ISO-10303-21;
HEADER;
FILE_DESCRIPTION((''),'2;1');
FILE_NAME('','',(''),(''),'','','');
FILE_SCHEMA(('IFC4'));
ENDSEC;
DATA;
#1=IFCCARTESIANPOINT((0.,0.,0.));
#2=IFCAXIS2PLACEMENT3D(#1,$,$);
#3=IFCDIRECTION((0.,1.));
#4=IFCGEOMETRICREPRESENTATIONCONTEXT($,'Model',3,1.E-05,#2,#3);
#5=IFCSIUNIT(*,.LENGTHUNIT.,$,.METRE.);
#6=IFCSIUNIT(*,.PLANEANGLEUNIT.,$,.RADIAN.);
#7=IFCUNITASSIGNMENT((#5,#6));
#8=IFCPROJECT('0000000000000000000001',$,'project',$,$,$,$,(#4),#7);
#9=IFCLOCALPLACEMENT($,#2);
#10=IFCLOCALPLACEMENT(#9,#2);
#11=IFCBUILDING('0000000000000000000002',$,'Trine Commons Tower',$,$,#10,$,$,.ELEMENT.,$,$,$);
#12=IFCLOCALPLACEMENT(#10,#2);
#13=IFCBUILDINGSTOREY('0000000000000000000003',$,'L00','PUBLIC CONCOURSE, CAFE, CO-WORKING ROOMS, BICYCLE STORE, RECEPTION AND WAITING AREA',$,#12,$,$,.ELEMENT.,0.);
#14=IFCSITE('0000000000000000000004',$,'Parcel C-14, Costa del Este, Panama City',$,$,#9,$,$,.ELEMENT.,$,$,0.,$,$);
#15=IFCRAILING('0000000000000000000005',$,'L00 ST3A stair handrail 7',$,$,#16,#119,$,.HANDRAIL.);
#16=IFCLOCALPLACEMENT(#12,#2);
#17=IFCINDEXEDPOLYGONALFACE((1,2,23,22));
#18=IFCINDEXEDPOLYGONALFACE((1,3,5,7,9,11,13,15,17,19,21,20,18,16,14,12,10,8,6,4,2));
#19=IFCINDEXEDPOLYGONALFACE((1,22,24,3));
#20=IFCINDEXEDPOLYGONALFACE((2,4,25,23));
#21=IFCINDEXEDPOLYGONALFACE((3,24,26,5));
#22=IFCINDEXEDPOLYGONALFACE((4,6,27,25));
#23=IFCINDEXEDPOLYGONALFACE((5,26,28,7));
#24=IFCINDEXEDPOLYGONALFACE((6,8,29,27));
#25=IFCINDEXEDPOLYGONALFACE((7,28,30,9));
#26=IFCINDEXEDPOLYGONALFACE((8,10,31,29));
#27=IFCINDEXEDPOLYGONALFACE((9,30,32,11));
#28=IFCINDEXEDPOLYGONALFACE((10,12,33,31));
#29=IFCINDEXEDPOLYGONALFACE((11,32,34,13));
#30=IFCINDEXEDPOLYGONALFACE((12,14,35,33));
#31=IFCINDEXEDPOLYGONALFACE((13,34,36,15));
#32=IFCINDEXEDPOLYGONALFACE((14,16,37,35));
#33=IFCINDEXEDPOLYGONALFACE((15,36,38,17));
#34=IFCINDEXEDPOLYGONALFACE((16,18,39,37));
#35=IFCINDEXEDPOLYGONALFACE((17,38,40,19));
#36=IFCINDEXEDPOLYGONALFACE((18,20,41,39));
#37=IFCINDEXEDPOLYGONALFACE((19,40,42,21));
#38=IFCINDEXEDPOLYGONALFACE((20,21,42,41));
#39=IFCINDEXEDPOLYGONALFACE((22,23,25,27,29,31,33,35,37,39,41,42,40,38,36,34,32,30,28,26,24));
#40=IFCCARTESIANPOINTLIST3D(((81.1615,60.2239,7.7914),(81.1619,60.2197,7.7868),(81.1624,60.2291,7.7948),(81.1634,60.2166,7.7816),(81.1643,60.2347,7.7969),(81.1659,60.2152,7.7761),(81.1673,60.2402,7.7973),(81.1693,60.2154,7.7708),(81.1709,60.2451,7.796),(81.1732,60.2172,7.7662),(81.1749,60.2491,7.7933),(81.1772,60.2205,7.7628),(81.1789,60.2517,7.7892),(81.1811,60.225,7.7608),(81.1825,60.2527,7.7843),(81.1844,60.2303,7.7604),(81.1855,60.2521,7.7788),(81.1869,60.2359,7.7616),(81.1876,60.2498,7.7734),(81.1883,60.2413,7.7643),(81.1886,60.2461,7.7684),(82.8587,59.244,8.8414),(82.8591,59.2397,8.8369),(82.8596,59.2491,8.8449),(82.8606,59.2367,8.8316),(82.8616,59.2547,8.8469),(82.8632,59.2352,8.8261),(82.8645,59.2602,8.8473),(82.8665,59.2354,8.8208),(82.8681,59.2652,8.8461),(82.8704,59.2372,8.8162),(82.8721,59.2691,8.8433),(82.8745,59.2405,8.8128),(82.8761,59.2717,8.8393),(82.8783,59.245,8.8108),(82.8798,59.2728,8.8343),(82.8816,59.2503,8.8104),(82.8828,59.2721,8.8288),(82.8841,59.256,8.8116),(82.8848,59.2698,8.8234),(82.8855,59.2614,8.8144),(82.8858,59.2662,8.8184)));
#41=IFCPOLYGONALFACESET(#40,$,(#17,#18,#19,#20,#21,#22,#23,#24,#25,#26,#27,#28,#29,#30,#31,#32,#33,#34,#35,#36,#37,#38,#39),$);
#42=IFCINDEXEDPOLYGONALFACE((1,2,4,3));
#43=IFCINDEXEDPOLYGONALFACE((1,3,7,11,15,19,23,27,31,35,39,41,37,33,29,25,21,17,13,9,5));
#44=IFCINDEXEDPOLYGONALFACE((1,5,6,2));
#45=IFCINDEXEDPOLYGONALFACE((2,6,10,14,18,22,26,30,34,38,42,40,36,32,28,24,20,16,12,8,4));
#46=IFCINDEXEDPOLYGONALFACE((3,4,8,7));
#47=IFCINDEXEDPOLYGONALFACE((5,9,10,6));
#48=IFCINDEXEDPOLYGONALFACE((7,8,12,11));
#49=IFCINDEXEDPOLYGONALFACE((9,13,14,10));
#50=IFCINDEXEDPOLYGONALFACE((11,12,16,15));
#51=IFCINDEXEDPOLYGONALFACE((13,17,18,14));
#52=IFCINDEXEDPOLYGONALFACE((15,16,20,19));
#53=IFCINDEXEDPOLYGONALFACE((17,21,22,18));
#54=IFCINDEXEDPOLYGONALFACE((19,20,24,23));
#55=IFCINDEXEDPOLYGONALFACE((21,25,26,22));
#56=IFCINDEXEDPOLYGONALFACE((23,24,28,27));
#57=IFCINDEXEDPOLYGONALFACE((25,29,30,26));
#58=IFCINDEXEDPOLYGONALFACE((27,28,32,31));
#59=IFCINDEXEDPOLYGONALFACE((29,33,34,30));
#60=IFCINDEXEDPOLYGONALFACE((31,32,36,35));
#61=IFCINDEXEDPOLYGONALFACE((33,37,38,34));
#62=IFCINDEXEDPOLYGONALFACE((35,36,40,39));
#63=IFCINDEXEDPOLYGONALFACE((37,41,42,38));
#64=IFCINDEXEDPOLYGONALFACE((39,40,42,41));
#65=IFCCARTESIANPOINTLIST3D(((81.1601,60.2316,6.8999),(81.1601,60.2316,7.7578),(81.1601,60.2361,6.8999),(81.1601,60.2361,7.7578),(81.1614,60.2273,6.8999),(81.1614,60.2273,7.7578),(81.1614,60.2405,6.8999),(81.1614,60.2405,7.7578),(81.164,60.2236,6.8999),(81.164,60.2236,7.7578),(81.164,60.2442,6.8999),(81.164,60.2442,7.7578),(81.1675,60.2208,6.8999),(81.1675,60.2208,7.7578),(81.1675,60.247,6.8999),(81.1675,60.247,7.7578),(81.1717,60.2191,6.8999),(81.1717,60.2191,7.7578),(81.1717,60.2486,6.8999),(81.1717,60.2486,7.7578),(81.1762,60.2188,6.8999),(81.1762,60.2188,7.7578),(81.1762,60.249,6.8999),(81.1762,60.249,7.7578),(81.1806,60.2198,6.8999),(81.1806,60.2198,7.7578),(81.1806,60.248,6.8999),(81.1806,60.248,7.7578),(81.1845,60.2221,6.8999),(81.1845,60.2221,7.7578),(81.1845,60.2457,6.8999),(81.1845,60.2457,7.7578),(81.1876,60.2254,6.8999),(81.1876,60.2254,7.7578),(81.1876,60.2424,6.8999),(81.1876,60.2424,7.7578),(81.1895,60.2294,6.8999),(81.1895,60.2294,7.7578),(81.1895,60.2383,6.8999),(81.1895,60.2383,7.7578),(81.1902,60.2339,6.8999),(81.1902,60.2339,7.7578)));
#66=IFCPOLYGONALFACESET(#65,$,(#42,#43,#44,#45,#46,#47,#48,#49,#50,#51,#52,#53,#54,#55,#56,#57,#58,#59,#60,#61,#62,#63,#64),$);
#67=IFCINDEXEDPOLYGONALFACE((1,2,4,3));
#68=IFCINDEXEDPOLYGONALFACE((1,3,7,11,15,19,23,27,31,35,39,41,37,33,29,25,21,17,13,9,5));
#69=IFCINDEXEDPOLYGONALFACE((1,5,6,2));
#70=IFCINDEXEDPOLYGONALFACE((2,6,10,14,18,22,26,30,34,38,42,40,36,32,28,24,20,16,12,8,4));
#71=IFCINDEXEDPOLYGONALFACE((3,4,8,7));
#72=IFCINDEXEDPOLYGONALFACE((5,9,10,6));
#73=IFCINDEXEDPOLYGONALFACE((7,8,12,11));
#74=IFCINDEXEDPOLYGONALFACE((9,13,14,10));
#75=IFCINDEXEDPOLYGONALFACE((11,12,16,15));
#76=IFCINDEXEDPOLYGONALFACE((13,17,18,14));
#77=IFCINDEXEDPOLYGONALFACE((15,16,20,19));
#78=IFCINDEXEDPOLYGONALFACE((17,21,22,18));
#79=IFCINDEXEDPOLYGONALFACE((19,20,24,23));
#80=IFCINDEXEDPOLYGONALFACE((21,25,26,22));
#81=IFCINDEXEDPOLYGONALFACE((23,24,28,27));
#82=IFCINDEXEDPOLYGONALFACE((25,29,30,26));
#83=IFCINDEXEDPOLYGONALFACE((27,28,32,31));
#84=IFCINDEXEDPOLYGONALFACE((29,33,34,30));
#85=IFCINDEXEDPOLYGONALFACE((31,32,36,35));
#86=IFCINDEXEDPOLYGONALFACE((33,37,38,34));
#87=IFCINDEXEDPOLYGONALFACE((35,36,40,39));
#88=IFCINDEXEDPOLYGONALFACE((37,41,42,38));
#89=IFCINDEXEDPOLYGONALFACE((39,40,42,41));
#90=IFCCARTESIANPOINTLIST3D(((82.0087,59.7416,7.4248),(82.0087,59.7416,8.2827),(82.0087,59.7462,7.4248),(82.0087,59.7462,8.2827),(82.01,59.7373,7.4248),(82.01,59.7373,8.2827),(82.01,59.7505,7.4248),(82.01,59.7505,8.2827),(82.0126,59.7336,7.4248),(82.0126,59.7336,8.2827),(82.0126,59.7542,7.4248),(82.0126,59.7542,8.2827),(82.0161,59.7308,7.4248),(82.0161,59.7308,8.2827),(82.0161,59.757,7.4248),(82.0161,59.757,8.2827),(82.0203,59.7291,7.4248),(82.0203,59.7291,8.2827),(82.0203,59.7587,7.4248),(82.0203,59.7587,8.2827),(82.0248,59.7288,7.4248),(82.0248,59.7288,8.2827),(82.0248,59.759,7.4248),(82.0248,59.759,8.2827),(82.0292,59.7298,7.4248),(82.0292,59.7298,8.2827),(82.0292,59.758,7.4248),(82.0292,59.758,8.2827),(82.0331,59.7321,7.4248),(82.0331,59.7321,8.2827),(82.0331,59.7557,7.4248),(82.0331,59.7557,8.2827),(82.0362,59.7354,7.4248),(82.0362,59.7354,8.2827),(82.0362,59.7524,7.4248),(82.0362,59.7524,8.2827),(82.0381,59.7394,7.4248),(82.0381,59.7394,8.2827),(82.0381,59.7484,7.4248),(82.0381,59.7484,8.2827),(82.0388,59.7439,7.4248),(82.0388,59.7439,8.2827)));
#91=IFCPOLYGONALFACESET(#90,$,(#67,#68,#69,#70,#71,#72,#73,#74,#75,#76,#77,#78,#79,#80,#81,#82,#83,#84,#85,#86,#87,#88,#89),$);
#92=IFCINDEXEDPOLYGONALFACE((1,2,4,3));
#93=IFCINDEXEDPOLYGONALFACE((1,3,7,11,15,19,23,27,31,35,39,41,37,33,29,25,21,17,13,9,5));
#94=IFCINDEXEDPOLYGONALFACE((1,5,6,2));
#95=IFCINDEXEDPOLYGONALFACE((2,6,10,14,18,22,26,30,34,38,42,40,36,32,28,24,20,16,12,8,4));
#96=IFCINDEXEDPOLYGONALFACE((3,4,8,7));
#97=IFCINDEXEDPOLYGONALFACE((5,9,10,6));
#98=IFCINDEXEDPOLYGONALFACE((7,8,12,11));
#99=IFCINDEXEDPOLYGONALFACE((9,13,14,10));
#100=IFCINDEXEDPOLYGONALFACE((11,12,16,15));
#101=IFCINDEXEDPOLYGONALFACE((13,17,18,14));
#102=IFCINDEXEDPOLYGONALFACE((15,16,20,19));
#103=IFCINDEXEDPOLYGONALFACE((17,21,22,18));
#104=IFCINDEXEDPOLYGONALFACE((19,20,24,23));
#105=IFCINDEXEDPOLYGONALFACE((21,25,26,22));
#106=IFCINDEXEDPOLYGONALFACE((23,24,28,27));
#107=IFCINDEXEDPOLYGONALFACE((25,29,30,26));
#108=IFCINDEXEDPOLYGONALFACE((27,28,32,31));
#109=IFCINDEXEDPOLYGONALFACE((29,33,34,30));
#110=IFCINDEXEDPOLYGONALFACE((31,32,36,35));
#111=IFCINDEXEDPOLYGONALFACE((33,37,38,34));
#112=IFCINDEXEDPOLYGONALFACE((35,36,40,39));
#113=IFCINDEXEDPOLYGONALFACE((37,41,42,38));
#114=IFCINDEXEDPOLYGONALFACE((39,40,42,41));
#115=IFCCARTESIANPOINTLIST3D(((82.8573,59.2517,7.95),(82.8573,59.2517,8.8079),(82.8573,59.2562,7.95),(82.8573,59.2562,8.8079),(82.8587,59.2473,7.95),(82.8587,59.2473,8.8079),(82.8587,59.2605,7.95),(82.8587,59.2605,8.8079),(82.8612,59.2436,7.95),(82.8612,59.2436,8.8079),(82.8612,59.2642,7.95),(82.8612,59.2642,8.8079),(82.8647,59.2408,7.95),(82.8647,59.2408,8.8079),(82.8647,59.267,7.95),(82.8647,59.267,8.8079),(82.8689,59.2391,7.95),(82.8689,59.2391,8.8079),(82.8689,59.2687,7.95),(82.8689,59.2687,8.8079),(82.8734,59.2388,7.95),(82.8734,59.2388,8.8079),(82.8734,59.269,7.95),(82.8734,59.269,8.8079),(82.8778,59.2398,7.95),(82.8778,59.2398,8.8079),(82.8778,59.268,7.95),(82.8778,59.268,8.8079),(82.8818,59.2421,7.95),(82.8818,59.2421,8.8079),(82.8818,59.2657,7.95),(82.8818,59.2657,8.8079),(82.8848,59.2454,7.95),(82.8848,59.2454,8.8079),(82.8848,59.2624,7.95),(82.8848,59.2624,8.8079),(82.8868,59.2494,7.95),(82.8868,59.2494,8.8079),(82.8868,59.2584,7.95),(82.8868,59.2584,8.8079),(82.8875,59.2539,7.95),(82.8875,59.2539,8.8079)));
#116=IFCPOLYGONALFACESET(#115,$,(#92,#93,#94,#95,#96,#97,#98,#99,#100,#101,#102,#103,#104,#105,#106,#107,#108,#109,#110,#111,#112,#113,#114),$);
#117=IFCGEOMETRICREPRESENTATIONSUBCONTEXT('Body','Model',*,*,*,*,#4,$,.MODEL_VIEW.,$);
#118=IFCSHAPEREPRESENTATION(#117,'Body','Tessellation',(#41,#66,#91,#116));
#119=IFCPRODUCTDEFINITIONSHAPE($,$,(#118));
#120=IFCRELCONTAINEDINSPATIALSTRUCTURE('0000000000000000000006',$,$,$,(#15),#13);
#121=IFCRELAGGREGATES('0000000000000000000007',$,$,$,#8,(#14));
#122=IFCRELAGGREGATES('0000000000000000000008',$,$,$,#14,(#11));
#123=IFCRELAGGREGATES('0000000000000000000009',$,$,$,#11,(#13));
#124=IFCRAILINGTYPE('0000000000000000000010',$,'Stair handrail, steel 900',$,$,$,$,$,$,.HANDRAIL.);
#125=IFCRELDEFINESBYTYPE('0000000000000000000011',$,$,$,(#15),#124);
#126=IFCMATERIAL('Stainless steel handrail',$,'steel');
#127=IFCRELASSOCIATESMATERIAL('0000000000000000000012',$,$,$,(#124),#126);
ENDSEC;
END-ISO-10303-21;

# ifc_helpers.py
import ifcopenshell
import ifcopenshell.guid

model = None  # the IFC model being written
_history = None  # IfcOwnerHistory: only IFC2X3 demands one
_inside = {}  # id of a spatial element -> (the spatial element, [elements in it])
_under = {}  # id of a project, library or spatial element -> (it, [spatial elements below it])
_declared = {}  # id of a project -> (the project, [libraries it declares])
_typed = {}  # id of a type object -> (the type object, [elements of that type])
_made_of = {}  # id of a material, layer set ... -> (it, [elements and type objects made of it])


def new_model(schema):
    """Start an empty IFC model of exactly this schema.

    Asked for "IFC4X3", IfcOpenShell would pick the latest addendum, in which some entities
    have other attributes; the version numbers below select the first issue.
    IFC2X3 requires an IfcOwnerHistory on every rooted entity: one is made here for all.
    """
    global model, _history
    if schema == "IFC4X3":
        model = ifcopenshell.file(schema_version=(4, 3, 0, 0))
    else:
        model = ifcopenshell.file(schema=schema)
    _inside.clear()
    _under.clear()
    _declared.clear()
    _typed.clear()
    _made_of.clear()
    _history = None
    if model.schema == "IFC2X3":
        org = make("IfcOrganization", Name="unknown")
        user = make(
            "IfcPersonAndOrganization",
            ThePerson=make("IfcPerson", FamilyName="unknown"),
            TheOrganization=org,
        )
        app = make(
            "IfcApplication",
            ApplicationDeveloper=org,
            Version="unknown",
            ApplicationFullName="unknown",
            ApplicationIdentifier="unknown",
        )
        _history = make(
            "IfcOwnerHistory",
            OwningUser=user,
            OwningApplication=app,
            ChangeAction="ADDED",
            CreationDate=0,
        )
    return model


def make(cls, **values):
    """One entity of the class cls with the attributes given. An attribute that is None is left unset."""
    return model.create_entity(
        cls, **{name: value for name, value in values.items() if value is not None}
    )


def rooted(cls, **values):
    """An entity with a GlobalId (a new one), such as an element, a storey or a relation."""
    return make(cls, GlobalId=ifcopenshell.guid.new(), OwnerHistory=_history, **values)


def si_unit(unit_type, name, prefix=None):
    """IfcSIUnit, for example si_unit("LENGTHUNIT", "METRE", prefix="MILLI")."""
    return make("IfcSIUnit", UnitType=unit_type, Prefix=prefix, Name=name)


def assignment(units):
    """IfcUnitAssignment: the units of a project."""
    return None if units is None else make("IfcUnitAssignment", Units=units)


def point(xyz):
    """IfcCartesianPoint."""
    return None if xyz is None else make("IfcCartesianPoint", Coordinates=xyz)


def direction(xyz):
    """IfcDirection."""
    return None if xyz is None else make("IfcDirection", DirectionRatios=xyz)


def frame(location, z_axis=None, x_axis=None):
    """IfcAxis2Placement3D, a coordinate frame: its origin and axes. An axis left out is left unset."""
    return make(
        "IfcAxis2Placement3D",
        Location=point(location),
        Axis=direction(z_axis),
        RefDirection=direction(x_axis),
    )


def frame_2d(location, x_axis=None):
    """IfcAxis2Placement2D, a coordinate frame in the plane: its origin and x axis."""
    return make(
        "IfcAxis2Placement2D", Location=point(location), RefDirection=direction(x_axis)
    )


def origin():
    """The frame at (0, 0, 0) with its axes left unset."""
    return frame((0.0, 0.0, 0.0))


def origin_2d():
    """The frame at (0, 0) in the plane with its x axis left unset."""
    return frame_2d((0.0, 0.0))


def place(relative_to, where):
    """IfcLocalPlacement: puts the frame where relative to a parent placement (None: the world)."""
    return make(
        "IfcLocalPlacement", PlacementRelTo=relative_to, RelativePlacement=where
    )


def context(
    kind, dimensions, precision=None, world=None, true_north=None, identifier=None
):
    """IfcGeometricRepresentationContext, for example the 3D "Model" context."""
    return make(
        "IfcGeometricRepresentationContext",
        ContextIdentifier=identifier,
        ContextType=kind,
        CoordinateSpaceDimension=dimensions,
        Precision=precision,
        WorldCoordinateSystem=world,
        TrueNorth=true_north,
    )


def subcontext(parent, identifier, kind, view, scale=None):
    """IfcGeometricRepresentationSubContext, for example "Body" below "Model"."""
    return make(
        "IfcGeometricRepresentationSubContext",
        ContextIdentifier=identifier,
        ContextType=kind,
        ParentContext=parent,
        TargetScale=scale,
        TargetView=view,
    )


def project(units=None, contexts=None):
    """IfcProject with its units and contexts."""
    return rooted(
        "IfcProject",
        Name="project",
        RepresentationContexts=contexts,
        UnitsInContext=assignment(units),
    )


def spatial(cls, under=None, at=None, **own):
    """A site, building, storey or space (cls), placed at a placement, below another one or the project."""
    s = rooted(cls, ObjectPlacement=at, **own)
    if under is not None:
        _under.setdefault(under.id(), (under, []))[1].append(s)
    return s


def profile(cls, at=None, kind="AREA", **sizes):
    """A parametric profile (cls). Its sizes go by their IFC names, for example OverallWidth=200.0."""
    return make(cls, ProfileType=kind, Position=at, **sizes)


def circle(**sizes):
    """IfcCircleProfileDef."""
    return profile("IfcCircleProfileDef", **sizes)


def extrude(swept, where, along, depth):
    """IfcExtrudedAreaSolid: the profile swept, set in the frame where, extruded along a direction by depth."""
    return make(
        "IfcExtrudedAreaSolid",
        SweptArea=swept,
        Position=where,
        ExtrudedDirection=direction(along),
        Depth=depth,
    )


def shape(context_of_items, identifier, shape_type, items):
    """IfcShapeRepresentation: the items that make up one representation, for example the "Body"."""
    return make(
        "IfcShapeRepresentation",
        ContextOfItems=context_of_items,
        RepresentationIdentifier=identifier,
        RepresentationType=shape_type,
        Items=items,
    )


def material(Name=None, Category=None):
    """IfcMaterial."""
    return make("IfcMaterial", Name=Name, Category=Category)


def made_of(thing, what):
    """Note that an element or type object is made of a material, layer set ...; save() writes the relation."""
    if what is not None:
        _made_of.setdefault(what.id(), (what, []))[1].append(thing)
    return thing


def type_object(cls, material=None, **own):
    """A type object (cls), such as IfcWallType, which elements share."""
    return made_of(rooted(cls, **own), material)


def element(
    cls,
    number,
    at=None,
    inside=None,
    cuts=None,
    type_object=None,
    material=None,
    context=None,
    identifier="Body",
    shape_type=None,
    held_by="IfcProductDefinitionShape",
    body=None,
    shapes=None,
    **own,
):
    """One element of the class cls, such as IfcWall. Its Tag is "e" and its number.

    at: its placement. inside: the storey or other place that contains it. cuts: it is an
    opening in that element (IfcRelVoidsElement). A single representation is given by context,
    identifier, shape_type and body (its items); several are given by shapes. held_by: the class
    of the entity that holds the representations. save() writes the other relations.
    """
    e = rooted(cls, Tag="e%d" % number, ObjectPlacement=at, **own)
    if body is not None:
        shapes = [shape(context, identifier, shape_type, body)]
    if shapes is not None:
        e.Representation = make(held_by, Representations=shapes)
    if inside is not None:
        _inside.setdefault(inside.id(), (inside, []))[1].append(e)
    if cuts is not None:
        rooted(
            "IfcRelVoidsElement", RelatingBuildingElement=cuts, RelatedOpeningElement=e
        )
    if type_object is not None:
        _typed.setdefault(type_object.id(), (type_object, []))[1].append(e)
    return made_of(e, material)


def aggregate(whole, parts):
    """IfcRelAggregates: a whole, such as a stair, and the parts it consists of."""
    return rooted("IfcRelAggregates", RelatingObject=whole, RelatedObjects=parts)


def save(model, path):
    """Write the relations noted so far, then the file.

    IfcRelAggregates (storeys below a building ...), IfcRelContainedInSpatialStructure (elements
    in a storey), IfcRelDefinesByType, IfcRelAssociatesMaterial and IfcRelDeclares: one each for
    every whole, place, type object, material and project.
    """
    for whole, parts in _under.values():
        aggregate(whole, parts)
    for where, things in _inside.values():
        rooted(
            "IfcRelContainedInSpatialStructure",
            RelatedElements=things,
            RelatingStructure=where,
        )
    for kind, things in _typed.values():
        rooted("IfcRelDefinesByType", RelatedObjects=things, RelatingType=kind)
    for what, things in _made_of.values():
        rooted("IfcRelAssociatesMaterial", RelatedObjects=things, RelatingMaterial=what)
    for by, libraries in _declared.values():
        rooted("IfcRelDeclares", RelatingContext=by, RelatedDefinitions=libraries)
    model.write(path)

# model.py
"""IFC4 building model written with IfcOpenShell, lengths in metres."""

from ifc_helpers import new_model, si_unit, direction, frame, origin, origin_2d, place, context, subcontext, project, spatial, circle, extrude, material, type_object, element, save


model = new_model("IFC4")

# Units and contexts
model_context = context("Model", 3, precision=1e-05, world=origin(), true_north=direction((0.0, 1.0)))
body_context = subcontext(model_context, "Body", "Model", "MODEL_VIEW")
ifc_project = project(units=[si_unit("LENGTHUNIT", "METRE"), si_unit("PLANEANGLEUNIT", "RADIAN")], contexts=[model_context])

# Site, building, storey
site_placement = place(None, origin())
site = spatial("IfcSite", under=ifc_project, at=site_placement, Name="Parcel C-14, Costa del Este, Panama City", CompositionType="ELEMENT", RefElevation=0.0)
building_placement = place(site_placement, origin())
building = spatial("IfcBuilding", under=site, at=building_placement, Name="Trine Commons Tower", CompositionType="ELEMENT")
storey_placement = place(building_placement, origin())
storey = spatial("IfcBuildingStorey", under=building, at=storey_placement, Name="L00", Description="PUBLIC CONCOURSE, CAFE, CO-WORKING ROOMS, BICYCLE STORE, RECEPTION AND WAITING AREA", CompositionType="ELEMENT", Elevation=0.0)

# Railing
ifc_material_1 = material(Name="Stainless steel handrail", Category="steel")
railing_type_1 = type_object("IfcRailingType", Name="Stair handrail, steel 900", PredefinedType="HANDRAIL", material=ifc_material_1)
railing_1_placement = place(storey_placement, frame((81.175, 60.2339, 6.8999)))
element("IfcRailing", 1, at=railing_1_placement, inside=storey, type_object=railing_type_1, Name="L00 ST3A stair handrail 7", PredefinedType="HANDRAIL", context=body_context, shape_type="SweptSolid", body=[
    extrude(circle(Radius=0.021, at=origin_2d()), frame((0.0, 0.0, 0.8789), z_axis=(0.763352, -0.44075, 0.472264), x_axis=(0.500024, 0.866011, 0.0)), (0.0, 0.0, 1.0), 2.2234),
    extrude(circle(Radius=0.0151, at=origin_2d()), origin(), (0.0, 0.0, 1.0), 0.8579),
    extrude(circle(Radius=0.0151, at=origin_2d()), frame((0.8486, -0.49, 0.5249)), (0.0, 0.0, 1.0), 0.8579),
    extrude(circle(Radius=0.0151, at=origin_2d()), frame((1.6973, -0.98, 1.05)), (0.0, 0.0, 1.0), 0.8579),
])

save(model, "model.ifc")
